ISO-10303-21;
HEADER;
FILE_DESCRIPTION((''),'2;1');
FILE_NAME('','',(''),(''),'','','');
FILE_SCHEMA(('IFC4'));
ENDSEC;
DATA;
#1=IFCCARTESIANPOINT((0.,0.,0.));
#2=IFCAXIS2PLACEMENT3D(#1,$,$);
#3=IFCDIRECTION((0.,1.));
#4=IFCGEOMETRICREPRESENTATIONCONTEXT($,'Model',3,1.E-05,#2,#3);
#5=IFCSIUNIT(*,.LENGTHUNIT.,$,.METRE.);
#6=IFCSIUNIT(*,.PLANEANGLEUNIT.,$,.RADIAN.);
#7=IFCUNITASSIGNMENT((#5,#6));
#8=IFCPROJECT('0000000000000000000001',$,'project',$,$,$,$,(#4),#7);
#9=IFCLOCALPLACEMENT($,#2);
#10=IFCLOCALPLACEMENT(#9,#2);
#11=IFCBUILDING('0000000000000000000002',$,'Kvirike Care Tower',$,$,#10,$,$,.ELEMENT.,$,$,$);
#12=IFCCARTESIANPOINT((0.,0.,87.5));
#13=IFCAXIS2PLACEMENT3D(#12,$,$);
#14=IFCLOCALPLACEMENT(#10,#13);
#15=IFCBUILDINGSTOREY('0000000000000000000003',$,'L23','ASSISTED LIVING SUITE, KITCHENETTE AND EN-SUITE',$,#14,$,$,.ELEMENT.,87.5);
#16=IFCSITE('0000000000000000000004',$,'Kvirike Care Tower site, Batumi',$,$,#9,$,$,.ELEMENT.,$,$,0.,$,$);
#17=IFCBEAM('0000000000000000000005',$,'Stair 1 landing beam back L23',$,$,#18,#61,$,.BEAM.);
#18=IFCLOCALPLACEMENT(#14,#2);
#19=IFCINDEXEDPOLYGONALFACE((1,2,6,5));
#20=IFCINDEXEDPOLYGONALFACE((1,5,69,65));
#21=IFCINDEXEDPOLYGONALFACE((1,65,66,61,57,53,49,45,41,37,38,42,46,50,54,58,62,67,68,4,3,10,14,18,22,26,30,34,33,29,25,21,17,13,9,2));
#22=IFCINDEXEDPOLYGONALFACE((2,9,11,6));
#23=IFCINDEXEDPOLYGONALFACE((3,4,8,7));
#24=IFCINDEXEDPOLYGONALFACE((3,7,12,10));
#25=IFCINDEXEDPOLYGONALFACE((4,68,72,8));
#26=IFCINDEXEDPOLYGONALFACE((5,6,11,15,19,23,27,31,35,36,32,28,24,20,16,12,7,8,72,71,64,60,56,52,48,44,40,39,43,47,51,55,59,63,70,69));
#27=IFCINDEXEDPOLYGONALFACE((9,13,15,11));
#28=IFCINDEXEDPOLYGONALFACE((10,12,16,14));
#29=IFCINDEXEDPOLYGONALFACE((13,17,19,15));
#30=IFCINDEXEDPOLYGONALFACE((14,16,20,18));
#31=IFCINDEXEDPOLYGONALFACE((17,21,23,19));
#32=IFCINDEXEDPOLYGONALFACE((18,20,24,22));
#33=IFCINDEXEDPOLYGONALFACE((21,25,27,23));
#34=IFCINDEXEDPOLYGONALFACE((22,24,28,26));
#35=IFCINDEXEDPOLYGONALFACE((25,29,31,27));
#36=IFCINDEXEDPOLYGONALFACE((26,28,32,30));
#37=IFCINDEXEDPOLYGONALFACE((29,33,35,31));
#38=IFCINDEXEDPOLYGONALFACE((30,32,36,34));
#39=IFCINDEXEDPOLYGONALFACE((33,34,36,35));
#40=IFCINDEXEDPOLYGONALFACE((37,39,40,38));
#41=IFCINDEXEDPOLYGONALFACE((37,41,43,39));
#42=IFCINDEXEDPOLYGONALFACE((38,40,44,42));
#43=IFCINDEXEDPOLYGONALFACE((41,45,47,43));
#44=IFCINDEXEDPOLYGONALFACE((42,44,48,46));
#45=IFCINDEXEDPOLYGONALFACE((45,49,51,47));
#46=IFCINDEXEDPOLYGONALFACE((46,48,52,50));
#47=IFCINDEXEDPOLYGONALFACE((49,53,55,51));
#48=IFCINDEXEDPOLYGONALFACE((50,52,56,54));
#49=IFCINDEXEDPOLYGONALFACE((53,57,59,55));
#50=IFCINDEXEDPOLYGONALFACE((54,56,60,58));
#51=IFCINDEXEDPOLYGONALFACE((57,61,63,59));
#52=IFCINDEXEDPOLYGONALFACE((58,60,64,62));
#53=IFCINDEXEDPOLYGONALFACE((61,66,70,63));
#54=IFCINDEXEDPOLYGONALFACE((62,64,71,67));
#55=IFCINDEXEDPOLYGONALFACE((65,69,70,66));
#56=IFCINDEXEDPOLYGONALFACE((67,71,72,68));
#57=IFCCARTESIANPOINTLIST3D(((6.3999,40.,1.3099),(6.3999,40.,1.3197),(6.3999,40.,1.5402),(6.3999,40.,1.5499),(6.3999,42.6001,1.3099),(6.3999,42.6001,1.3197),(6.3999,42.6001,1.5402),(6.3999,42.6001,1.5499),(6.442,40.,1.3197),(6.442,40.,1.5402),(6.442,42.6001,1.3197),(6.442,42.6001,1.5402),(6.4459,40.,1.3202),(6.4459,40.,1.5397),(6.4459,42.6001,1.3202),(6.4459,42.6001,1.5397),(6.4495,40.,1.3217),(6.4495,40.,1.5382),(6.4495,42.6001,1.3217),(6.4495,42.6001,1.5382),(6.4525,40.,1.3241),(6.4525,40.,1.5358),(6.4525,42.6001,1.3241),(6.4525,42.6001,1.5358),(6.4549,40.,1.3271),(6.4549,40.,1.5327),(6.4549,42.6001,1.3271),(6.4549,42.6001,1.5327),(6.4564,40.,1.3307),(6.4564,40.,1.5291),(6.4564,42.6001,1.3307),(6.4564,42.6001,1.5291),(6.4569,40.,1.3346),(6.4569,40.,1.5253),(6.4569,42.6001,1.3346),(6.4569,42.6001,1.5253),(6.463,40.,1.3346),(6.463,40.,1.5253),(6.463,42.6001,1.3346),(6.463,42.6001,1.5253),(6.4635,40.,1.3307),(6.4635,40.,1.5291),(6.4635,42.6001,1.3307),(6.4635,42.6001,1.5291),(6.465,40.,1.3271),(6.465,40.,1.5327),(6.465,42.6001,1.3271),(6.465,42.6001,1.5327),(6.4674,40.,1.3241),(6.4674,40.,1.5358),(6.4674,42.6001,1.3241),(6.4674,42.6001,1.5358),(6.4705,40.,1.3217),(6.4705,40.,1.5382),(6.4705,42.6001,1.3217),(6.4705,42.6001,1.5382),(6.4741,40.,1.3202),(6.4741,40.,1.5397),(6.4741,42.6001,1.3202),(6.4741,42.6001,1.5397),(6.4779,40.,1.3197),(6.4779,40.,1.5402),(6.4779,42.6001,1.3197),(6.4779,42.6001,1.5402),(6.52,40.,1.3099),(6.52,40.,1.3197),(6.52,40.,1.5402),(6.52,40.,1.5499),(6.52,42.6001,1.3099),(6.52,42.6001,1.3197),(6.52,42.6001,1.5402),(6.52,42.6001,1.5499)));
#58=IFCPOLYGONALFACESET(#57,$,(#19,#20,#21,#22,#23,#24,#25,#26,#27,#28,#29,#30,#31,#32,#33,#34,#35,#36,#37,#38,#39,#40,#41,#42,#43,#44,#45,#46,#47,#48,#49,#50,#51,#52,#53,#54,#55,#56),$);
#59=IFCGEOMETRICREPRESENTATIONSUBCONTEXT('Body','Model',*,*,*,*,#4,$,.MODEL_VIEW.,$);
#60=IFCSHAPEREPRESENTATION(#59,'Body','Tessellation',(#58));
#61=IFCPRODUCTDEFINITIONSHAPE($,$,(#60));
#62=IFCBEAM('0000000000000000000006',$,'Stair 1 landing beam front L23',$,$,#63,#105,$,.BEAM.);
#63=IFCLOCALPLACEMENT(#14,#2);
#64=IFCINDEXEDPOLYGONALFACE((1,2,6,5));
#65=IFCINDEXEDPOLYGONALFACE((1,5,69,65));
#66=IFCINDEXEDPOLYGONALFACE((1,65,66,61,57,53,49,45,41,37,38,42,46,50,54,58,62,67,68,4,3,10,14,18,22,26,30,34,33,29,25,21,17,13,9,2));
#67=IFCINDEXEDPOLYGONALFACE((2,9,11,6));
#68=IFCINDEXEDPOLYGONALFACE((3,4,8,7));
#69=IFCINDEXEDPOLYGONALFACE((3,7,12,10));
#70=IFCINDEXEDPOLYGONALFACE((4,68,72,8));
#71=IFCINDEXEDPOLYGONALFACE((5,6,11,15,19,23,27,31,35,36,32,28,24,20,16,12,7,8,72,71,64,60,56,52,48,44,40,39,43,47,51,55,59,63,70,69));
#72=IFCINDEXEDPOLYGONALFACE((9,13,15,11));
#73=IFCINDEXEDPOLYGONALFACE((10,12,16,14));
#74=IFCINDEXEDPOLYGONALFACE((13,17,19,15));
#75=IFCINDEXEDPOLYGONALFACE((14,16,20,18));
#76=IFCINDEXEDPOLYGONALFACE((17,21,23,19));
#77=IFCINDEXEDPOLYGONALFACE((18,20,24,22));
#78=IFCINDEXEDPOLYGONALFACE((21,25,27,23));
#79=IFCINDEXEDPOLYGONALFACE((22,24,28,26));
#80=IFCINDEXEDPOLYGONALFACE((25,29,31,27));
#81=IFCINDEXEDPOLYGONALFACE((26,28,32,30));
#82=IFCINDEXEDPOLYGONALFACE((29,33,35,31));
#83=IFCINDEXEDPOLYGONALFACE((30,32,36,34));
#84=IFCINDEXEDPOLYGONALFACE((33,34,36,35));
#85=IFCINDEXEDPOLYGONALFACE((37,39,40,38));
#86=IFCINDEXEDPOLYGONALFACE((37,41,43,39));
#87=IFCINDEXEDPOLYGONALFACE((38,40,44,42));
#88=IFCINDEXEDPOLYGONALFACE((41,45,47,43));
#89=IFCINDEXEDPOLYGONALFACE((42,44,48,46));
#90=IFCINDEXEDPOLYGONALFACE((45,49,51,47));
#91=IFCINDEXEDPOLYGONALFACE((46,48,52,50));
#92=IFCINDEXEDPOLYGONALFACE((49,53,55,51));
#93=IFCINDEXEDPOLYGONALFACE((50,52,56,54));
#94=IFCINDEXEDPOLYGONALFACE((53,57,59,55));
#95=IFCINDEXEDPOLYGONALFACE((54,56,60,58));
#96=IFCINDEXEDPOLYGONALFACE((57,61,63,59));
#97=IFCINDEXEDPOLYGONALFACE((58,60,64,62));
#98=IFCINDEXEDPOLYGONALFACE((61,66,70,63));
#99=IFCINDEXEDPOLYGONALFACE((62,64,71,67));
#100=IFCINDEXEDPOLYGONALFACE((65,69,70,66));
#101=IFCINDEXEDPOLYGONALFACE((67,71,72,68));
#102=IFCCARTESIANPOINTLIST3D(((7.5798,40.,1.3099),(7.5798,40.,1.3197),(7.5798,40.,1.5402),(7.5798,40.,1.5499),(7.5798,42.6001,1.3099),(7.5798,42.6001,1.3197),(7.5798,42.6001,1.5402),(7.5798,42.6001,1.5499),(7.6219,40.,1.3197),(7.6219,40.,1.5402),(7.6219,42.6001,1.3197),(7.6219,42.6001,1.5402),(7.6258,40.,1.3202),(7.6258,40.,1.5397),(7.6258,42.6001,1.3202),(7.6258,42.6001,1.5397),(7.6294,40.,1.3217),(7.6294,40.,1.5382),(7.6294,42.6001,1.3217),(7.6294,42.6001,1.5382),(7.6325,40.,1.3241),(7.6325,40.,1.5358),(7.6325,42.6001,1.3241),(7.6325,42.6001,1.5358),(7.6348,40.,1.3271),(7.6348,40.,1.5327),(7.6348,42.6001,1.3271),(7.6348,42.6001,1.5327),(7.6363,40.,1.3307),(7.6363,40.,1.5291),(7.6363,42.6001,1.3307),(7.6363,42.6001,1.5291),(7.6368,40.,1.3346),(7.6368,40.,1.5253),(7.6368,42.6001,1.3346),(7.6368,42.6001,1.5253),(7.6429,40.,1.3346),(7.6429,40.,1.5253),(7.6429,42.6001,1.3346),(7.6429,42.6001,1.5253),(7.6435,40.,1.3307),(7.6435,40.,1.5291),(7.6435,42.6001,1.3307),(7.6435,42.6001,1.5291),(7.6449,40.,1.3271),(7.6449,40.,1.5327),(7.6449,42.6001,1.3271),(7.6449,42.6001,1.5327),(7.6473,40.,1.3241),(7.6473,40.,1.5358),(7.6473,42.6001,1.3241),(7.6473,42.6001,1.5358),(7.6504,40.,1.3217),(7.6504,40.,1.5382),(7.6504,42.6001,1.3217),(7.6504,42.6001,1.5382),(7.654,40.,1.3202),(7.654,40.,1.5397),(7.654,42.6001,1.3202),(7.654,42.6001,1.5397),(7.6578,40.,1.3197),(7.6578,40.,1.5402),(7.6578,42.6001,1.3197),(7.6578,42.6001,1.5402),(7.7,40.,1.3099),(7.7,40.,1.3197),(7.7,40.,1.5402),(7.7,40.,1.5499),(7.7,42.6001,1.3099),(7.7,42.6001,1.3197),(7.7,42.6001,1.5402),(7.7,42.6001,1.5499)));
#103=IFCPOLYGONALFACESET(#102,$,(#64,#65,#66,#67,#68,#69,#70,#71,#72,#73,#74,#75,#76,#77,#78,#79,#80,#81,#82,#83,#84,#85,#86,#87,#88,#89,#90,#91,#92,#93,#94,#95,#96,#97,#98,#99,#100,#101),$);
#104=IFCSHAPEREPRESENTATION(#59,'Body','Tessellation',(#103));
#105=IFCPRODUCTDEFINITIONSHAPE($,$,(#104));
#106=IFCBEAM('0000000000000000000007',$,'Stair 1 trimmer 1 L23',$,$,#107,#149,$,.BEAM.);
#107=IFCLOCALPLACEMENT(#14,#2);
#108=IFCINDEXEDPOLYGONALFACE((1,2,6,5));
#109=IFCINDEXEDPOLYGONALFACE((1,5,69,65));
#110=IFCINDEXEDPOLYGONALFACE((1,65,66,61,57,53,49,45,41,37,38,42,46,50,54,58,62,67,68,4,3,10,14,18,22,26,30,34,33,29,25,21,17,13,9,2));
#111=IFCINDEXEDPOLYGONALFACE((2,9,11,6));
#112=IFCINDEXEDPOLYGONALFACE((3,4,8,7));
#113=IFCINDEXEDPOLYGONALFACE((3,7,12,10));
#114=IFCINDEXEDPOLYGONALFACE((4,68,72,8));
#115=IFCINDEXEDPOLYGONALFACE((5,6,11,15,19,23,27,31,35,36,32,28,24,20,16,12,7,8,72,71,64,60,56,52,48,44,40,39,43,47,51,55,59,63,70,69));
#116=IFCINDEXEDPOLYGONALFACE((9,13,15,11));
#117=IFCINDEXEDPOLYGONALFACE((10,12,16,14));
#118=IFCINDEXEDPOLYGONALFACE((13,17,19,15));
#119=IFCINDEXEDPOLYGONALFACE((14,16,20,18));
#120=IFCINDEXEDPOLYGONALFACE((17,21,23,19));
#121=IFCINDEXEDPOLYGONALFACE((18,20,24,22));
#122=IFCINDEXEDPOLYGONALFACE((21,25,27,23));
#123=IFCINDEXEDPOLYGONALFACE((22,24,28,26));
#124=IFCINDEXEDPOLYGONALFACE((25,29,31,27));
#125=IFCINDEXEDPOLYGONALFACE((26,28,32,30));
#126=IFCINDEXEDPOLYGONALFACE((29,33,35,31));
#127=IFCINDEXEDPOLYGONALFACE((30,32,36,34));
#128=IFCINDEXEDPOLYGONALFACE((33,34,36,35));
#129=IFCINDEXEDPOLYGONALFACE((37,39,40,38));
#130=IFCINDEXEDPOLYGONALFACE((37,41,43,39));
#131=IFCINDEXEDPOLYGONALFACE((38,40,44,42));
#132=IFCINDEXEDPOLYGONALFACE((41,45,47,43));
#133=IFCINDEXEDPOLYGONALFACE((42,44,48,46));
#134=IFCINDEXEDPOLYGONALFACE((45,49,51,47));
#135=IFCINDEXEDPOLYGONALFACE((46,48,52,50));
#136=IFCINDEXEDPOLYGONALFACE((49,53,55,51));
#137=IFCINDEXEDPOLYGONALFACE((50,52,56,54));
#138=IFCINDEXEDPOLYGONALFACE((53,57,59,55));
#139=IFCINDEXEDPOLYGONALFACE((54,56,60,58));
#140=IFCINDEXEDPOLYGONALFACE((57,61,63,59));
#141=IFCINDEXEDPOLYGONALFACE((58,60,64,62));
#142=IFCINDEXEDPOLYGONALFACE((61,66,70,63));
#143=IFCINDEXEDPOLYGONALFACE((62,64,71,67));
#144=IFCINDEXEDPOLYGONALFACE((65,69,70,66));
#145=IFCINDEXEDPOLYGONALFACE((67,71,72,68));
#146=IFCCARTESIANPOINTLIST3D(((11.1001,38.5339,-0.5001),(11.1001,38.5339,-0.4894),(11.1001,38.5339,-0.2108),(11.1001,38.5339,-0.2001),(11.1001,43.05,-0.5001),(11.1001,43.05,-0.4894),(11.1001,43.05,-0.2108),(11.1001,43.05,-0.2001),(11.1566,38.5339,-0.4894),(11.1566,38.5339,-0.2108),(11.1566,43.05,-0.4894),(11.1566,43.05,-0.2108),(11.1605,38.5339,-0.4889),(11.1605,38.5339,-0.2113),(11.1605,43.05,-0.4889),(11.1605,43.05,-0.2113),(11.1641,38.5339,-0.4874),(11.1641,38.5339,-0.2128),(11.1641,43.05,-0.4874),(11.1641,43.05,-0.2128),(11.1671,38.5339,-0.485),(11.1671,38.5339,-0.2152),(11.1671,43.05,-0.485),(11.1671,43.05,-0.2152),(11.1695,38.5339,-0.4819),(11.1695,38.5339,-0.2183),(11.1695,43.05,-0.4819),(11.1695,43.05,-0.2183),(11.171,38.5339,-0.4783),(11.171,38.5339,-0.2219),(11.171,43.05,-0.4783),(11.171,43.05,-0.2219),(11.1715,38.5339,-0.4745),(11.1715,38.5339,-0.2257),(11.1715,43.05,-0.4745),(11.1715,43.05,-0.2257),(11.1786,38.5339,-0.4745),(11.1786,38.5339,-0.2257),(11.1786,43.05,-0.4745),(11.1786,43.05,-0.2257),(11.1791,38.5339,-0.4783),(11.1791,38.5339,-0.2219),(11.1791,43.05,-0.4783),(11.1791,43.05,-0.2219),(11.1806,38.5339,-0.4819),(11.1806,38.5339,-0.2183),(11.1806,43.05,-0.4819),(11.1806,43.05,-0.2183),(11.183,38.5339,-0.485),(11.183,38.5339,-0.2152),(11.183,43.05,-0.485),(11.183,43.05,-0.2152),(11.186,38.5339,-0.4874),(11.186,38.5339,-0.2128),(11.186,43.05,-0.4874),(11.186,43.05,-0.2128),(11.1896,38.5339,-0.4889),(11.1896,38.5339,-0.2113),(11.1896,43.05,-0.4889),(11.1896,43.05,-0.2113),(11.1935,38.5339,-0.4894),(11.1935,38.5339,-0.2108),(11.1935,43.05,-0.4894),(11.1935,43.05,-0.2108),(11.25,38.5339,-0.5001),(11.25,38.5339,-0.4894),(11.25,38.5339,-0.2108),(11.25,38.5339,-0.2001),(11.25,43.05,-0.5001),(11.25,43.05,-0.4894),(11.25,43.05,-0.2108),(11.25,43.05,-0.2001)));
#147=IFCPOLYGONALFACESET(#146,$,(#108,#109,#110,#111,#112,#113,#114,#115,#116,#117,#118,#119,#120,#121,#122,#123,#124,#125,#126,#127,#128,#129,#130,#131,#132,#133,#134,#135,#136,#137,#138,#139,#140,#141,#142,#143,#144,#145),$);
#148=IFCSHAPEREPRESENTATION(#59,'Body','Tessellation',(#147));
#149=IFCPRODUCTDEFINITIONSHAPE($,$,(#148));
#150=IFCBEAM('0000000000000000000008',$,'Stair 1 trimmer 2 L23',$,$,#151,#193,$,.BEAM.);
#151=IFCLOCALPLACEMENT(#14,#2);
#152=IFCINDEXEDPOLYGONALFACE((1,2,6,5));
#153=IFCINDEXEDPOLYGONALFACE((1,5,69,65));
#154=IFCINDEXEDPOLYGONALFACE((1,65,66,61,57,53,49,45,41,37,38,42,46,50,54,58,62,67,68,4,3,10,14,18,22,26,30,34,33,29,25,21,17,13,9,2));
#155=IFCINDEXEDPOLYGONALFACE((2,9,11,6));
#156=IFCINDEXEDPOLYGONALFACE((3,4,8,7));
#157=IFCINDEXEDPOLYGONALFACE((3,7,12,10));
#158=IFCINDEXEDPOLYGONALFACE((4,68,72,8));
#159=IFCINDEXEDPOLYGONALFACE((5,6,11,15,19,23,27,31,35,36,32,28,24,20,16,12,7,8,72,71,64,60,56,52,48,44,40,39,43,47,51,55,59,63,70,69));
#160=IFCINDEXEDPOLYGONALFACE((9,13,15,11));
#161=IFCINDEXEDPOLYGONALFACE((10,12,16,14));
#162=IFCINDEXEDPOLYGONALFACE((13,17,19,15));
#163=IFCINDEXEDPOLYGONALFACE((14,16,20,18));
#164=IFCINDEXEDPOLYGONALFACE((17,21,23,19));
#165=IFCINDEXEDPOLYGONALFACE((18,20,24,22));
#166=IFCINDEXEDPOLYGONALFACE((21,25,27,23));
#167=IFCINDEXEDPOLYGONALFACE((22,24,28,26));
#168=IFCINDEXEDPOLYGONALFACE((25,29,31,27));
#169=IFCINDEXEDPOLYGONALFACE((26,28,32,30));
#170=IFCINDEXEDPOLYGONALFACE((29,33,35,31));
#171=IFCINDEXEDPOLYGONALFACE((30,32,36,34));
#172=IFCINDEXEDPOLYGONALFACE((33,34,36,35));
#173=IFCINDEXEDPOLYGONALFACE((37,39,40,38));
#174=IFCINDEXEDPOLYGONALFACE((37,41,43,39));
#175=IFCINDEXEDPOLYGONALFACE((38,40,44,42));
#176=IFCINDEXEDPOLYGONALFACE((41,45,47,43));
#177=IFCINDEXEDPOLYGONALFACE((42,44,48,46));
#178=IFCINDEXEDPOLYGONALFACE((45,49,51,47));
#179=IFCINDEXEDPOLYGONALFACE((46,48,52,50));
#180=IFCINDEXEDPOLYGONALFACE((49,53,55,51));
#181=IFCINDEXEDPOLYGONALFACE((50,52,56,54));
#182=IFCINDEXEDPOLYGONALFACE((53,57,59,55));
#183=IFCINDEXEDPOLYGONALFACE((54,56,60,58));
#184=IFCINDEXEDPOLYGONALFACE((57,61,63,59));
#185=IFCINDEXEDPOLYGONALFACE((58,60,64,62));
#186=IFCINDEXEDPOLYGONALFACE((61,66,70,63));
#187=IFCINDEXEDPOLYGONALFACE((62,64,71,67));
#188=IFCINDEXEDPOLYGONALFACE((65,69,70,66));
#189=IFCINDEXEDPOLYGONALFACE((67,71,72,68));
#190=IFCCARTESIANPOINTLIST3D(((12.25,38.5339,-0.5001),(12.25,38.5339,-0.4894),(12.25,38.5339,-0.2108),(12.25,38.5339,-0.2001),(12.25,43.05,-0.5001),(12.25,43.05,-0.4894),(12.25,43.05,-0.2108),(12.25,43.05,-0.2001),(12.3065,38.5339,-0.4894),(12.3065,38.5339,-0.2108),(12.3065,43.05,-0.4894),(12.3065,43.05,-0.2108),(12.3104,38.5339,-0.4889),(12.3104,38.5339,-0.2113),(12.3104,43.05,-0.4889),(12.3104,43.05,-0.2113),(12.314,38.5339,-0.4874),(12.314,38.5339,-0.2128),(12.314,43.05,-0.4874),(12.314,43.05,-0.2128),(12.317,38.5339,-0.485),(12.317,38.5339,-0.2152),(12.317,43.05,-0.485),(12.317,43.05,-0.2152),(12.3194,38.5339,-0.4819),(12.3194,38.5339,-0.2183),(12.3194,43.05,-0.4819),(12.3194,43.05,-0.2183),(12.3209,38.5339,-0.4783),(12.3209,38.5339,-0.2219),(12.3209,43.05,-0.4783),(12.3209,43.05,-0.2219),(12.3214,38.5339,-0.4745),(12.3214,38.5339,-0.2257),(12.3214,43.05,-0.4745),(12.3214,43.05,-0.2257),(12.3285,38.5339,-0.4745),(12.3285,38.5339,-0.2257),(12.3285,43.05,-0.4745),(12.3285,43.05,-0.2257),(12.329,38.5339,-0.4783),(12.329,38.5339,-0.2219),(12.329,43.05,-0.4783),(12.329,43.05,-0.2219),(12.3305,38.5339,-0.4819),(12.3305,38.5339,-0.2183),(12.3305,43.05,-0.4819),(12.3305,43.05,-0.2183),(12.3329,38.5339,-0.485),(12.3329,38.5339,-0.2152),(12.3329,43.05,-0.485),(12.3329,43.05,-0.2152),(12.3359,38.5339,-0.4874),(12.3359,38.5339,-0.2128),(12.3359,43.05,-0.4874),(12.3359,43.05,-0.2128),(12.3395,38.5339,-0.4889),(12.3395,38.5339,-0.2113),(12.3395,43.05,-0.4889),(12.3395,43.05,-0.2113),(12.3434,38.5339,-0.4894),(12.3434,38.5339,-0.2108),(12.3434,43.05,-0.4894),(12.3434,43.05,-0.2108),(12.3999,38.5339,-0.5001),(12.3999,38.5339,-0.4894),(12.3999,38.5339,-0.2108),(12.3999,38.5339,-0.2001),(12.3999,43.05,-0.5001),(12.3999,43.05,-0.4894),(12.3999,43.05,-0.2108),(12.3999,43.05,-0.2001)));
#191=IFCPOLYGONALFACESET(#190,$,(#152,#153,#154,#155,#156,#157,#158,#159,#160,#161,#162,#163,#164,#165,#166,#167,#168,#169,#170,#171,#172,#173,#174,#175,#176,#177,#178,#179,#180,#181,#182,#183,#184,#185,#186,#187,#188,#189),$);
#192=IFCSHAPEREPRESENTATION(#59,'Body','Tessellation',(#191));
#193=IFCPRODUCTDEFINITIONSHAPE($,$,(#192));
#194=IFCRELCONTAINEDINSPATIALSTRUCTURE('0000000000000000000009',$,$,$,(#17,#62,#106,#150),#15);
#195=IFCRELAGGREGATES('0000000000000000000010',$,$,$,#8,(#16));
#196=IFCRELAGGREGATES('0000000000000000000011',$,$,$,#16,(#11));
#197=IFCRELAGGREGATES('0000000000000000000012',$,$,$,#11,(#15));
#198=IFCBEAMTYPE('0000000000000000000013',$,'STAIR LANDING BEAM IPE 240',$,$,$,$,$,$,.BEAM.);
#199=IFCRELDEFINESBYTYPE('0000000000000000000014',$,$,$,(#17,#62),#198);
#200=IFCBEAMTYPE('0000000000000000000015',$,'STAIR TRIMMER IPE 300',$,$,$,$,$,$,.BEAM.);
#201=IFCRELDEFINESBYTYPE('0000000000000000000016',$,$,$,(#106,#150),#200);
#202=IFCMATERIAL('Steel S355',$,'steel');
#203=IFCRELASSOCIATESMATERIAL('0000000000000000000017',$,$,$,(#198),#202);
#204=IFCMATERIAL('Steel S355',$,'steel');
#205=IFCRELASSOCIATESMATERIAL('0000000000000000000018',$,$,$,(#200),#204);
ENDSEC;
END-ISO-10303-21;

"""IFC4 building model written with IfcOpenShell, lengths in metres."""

from ifc_helpers import new_model, si_unit, direction, frame, origin, origin_2d, place, context, subcontext, project, spatial, i_section, extrude, material, material_profile, profile_set, type_object, element, save


model = new_model("IFC4")

# Units and contexts
model_context = context("Model", 3, precision=1e-05, world=origin(), true_north=direction((0.0, 1.0)))
body_context = subcontext(model_context, "Body", "Model", "MODEL_VIEW")
ifc_project = project(units=[si_unit("LENGTHUNIT", "METRE"), si_unit("PLANEANGLEUNIT", "RADIAN")], contexts=[model_context])

# Site, building, storey
site_placement = place(None, origin())
site = spatial("IfcSite", under=ifc_project, at=site_placement, Name="Kvirike Care Tower site, Batumi", CompositionType="ELEMENT", RefElevation=0.0)
building_placement = place(site_placement, origin())
building = spatial("IfcBuilding", under=site, at=building_placement, Name="Kvirike Care Tower", CompositionType="ELEMENT")
storey_placement = place(building_placement, frame((0.0, 0.0, 87.5)))
storey = spatial("IfcBuildingStorey", under=building, at=storey_placement, Name="L23", Description="ASSISTED LIVING SUITE, KITCHENETTE AND EN-SUITE", CompositionType="ELEMENT", Elevation=87.5)

# Beams
ifc_material_1 = material(Name="Steel S355", Category="steel")
ifc_material_profile_1 = material_profile(ifc_material_1, i_section(OverallWidth=0.1201, OverallDepth=0.24, WebThickness=0.0061, FlangeThickness=0.0098, FilletRadius=0.0149, at=origin_2d()), Name="IPE 240")
ifc_profile_set_1 = profile_set([ifc_material_profile_1], Name="Steel S355")
beam_type_1 = type_object("IfcBeamType", Name="STAIR LANDING BEAM IPE 240", PredefinedType="BEAM", material=ifc_profile_set_1)
for number, where, z_axis, x_axis, name in (
    (1, (6.46, 42.6001, 1.4299), (0.0, -1.0, 0.0), (1.0, 0.0, 0.0), "Stair 1 landing beam back L23"),
    (2, (7.6399, 42.6001, 1.4299), (0.0, -1.0, 0.0), (1.0, 0.0, 0.0), "Stair 1 landing beam front L23"),
):
    element("IfcBeam", number, at=place(storey_placement, frame(where, z_axis=z_axis, x_axis=x_axis)), inside=storey, type_object=beam_type_1, Name=name, PredefinedType="BEAM", context=body_context, shape_type="SweptSolid", body=[
        extrude(i_section(OverallWidth=0.1201, OverallDepth=0.24, WebThickness=0.0061, FlangeThickness=0.0098, FilletRadius=0.0149, at=origin_2d()), origin(), (0.0, 0.0, 1.0), 2.6001),
    ])
ifc_material_2 = material(Name="Steel S355", Category="steel")
ifc_material_profile_2 = material_profile(ifc_material_2, i_section(OverallWidth=0.1499, OverallDepth=0.3, WebThickness=0.0071, FlangeThickness=0.0107, FilletRadius=0.0149, at=origin_2d()), Name="IPE 300")
ifc_profile_set_2 = profile_set([ifc_material_profile_2], Name="Steel S355")
beam_type_2 = type_object("IfcBeamType", Name="STAIR TRIMMER IPE 300", PredefinedType="BEAM", material=ifc_profile_set_2)
for number, where, z_axis, x_axis, name in (
    (3, (11.175, 43.05, -0.3501), (0.0, -1.0, 0.0), (1.0, 0.0, 0.0), "Stair 1 trimmer 1 L23"),
    (4, (12.325, 43.05, -0.3501), (0.0, -1.0, 0.0), (1.0, 0.0, 0.0), "Stair 1 trimmer 2 L23"),
):
    element("IfcBeam", number, at=place(storey_placement, frame(where, z_axis=z_axis, x_axis=x_axis)), inside=storey, type_object=beam_type_2, Name=name, PredefinedType="BEAM", context=body_context, shape_type="SweptSolid", body=[
        extrude(i_section(OverallWidth=0.1499, OverallDepth=0.3, WebThickness=0.0071, FlangeThickness=0.0107, FilletRadius=0.0149, at=origin_2d()), origin(), (0.0, 0.0, 1.0), 4.5161),
    ])

save(model, "model.ifc")
